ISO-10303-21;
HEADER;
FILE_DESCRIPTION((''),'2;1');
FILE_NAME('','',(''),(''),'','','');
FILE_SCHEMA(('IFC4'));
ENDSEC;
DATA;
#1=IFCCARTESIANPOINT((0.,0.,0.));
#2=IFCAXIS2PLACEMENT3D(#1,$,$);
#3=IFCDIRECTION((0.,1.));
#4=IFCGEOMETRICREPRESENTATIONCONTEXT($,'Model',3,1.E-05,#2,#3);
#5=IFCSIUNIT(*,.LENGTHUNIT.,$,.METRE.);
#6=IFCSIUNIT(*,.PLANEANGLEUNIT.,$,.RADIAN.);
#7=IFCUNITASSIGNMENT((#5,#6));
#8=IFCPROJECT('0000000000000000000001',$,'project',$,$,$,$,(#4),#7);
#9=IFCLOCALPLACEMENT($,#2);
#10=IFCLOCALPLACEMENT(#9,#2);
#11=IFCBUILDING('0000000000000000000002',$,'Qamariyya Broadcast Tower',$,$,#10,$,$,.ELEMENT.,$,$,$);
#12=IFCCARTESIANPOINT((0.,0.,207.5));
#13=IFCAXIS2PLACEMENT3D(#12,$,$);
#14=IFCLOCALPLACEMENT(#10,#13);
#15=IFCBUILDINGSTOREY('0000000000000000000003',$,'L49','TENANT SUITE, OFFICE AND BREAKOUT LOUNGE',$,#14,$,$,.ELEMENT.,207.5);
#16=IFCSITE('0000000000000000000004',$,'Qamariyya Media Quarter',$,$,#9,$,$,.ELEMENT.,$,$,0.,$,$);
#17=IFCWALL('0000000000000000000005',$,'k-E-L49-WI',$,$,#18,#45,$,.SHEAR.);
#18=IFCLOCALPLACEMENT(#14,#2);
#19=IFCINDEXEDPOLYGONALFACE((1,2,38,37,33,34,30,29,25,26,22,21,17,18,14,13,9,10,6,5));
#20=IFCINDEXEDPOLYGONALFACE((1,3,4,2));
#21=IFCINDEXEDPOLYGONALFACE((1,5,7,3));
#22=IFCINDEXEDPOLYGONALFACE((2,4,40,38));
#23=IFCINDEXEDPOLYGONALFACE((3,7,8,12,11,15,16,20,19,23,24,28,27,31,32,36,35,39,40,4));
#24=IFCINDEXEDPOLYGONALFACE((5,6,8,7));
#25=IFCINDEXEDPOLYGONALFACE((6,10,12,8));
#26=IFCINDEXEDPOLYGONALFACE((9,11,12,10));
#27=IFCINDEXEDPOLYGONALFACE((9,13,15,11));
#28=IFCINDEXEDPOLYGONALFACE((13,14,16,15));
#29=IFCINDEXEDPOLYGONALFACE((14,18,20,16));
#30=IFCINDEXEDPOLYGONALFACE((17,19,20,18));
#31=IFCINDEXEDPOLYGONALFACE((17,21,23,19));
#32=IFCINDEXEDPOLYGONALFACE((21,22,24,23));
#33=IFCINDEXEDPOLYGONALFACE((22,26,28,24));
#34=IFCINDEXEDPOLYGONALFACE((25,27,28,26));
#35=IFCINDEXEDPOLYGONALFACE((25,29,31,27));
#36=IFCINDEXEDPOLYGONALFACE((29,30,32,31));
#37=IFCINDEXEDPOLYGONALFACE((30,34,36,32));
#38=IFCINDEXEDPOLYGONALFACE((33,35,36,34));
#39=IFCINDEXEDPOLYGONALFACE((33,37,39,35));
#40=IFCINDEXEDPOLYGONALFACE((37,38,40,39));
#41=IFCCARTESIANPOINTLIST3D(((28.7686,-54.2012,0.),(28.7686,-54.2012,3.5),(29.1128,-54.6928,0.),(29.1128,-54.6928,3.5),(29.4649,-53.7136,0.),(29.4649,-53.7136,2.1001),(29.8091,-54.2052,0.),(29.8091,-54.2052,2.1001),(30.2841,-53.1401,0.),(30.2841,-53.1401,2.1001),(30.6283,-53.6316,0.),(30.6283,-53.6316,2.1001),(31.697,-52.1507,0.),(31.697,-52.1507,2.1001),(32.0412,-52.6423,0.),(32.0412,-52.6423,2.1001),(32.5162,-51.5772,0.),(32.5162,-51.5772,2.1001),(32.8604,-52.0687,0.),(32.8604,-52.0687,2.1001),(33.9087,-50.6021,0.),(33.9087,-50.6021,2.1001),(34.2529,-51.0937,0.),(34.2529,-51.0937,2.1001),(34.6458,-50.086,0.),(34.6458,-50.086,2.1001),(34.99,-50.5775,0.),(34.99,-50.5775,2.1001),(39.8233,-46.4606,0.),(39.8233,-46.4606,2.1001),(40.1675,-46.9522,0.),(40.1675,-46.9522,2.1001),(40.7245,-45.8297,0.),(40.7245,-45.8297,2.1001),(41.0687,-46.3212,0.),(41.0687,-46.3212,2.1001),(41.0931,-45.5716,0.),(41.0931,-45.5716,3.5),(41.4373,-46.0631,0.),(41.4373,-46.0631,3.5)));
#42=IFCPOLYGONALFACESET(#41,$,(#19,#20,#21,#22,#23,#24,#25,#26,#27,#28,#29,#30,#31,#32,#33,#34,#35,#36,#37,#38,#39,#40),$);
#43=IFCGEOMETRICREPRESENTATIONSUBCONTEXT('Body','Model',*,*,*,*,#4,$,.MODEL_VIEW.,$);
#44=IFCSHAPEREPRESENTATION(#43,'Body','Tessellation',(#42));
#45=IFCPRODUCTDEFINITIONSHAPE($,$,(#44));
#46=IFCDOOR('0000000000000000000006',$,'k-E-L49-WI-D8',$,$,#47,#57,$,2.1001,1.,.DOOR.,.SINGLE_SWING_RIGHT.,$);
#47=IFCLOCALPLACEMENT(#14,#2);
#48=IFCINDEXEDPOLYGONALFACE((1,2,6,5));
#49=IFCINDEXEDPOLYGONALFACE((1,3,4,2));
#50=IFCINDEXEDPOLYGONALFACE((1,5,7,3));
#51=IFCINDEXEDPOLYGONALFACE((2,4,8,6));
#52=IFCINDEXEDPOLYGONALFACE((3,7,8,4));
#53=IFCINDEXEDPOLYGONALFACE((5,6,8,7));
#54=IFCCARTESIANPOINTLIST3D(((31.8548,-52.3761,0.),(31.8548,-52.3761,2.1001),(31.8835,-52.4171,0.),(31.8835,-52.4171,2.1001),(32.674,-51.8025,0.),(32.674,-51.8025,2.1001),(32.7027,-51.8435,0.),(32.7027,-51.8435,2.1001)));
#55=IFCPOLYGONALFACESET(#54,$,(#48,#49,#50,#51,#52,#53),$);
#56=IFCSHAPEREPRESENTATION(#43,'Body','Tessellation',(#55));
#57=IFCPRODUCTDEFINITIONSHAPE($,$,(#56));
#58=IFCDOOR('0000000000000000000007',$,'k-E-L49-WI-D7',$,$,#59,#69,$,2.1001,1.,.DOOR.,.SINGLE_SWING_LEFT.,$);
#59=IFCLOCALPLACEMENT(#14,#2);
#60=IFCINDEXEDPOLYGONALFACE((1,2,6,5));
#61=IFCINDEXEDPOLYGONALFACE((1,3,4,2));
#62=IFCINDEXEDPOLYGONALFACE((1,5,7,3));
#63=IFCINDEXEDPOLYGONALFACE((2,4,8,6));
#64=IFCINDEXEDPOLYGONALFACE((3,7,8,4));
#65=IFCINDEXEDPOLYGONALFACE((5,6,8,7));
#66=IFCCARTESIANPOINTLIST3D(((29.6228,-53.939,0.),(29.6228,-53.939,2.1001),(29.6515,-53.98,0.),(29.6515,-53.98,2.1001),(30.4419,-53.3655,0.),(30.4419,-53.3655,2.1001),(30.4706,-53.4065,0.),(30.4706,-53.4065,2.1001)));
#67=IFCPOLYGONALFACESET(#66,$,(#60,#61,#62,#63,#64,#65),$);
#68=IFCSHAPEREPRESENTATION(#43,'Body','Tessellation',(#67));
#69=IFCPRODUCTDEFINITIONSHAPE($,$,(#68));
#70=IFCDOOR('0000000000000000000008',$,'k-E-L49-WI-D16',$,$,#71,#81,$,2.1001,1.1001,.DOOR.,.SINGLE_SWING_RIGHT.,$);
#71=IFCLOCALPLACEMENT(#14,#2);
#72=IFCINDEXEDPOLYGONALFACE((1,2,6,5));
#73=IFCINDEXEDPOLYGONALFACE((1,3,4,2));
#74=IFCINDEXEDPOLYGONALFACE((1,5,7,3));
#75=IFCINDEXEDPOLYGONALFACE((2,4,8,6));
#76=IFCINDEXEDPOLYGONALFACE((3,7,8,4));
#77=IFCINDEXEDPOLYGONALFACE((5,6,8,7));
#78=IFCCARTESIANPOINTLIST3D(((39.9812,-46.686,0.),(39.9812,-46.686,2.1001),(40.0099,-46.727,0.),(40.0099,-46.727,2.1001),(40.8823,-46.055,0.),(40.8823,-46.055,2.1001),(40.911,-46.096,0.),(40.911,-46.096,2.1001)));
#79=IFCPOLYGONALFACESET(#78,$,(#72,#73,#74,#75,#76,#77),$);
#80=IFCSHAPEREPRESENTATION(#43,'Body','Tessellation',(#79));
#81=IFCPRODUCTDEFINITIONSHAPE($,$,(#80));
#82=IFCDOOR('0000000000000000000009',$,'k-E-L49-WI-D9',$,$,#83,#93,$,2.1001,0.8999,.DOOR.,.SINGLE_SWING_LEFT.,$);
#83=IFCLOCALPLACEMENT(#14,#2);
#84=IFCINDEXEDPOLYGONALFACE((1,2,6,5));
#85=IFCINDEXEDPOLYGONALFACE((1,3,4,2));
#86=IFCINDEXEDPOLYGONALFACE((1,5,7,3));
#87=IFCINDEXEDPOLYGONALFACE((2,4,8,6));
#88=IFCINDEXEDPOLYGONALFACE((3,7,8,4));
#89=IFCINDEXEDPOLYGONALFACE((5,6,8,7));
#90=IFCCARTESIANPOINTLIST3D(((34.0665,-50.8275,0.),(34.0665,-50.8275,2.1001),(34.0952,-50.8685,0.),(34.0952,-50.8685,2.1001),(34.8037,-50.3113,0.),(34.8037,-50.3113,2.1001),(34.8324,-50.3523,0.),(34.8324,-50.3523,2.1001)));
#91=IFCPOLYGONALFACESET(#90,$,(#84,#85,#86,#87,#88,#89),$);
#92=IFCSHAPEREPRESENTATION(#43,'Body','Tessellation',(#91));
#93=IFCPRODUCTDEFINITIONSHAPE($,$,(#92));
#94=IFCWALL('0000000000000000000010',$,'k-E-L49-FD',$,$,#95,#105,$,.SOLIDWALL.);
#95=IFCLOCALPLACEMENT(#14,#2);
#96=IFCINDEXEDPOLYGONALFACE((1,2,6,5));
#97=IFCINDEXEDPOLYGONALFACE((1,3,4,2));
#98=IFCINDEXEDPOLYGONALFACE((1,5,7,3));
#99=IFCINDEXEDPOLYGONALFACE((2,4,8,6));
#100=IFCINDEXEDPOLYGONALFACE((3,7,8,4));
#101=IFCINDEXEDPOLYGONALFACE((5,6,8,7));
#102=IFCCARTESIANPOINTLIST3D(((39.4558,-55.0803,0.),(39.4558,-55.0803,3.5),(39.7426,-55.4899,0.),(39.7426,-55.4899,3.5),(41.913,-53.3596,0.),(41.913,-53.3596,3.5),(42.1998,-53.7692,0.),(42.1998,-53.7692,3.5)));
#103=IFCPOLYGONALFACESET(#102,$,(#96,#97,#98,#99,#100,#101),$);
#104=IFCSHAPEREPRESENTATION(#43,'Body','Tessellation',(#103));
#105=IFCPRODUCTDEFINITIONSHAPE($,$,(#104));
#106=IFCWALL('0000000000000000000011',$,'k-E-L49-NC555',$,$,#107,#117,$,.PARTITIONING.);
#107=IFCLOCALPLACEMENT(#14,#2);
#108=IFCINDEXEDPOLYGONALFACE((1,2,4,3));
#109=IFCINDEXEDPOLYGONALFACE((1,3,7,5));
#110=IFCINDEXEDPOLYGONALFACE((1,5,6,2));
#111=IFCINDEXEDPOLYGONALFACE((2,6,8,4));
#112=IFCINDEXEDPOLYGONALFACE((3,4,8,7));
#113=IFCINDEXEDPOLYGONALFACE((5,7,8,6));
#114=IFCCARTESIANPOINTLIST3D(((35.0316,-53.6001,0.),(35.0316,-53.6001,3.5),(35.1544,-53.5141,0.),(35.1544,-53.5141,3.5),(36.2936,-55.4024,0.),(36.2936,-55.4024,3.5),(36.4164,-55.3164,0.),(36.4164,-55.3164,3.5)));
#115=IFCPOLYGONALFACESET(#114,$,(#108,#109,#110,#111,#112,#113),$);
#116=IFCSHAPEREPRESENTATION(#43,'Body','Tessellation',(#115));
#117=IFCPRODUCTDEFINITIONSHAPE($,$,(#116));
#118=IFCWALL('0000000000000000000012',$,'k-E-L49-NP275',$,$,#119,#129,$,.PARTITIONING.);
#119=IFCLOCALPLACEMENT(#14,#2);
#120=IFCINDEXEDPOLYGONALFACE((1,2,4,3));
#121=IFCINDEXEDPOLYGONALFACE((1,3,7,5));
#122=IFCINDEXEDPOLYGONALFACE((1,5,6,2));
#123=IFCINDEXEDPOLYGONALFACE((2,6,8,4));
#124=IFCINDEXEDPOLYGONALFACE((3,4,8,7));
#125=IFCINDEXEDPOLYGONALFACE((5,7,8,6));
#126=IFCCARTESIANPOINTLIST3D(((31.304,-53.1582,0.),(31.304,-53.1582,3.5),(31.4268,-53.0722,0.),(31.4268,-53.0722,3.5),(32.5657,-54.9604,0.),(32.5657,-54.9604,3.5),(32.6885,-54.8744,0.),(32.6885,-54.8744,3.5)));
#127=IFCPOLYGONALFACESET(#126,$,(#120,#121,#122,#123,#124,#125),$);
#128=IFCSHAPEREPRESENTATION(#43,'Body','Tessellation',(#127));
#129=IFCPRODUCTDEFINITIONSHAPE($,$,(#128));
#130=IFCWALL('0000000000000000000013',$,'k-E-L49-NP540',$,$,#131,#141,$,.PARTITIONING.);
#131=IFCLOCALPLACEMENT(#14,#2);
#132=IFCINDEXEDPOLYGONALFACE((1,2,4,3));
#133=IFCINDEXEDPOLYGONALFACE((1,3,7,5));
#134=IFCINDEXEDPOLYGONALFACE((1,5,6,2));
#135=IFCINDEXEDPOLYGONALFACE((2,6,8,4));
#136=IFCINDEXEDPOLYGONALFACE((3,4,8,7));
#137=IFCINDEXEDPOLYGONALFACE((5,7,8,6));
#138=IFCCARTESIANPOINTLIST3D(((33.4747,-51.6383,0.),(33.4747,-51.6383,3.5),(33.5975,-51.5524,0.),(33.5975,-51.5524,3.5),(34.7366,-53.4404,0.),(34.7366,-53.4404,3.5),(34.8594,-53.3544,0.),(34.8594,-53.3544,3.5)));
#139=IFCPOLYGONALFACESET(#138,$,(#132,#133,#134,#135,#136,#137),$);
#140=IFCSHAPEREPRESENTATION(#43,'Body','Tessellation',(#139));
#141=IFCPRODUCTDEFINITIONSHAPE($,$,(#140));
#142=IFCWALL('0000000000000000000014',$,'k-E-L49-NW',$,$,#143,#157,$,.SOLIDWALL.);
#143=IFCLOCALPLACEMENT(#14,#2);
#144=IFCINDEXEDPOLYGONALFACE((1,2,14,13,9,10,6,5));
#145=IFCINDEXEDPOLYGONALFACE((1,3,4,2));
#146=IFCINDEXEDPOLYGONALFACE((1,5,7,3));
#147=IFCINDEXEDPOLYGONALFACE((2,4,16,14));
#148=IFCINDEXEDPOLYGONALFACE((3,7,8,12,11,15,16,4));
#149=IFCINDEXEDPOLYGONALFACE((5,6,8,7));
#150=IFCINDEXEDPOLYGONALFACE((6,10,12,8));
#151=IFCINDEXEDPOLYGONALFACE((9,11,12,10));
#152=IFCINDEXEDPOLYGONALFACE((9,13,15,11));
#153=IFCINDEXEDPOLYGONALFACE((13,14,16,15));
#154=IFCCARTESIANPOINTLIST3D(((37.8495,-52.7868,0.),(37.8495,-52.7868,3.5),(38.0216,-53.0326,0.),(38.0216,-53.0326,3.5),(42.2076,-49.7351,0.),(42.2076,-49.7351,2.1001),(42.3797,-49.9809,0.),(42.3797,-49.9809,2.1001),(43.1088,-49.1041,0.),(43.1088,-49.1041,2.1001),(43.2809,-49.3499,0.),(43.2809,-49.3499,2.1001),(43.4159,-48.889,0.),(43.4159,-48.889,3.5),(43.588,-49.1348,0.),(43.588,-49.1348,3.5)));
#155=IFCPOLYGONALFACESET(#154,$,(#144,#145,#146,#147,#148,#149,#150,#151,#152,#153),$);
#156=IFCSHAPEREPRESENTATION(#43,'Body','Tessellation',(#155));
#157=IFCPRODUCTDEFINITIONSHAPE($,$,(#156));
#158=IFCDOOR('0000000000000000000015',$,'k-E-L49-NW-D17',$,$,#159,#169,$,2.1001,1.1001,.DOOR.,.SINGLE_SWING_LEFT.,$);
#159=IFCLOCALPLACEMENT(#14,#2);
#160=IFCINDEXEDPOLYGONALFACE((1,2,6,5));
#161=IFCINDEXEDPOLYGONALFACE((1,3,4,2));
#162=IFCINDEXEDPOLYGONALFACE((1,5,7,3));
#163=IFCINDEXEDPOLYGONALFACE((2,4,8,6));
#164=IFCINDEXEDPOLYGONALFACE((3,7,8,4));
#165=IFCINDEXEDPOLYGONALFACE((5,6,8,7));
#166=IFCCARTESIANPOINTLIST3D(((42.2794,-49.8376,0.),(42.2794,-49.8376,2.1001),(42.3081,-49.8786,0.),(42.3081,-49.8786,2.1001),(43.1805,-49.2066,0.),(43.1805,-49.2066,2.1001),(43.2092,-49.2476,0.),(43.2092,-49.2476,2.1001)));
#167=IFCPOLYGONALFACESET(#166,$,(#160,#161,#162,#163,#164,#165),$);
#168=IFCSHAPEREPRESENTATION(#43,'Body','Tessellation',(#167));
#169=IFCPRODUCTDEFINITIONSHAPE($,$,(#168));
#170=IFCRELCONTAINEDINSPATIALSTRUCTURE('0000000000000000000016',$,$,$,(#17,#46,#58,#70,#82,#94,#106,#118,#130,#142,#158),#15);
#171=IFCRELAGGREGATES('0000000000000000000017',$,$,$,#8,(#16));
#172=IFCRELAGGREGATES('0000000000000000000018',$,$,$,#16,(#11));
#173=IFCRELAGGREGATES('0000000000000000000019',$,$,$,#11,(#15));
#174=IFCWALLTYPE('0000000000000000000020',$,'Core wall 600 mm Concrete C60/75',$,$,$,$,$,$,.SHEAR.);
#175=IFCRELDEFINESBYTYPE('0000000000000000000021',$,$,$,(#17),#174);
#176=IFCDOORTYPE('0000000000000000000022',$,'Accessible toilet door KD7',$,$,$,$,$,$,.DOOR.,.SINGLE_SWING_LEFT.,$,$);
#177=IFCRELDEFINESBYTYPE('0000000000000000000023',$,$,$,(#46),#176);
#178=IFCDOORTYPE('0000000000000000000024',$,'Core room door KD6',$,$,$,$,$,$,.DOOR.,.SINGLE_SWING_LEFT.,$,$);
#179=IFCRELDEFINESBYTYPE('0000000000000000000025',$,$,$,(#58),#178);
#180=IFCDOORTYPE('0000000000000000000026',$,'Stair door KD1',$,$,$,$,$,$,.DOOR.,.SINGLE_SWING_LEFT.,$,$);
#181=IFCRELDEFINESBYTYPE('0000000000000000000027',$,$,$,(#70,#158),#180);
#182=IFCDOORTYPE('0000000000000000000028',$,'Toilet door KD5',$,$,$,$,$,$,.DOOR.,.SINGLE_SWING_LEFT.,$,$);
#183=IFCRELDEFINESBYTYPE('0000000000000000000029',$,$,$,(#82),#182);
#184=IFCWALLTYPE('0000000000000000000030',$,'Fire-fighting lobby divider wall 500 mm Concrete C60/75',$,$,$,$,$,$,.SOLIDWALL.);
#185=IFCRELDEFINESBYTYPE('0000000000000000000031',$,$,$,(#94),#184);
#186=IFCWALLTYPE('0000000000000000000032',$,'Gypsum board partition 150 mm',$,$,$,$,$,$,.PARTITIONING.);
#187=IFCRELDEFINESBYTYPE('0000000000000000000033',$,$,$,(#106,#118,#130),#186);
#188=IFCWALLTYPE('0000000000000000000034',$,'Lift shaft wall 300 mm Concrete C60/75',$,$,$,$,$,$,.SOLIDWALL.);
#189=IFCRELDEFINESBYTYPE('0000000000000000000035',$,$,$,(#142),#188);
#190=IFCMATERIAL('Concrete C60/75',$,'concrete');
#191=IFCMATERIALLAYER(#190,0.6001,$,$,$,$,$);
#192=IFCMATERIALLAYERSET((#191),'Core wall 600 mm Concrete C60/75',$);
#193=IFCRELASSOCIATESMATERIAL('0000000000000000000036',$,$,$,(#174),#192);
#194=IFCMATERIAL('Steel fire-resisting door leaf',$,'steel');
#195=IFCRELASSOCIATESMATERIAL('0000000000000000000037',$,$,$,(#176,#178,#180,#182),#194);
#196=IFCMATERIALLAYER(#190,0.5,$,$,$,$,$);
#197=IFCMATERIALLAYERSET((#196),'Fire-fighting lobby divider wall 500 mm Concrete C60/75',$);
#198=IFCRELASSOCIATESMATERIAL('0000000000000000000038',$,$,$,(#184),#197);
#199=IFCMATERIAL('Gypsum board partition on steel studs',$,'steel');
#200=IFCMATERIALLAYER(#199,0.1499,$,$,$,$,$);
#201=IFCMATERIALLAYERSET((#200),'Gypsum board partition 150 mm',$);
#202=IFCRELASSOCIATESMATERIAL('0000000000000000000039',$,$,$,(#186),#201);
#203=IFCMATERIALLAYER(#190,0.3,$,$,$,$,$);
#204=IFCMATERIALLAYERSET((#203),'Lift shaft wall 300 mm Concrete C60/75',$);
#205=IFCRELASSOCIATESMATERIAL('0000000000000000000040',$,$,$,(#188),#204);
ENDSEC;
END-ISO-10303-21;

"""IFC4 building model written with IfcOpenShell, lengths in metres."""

from ifc_helpers import new_model, si_unit, direction, frame, frame_2d, origin, place, context, subcontext, project, spatial, rectangle, extrude, material, layer, layer_set, type_object, element, fill, save


model = new_model("IFC4")

# Units and contexts
model_context = context("Model", 3, precision=1e-05, world=origin(), true_north=direction((0.0, 1.0)))
body_context = subcontext(model_context, "Body", "Model", "MODEL_VIEW")
ifc_project = project(units=[si_unit("LENGTHUNIT", "METRE"), si_unit("PLANEANGLEUNIT", "RADIAN")], contexts=[model_context])

# Site, building, storey
site_placement = place(None, origin())
site = spatial("IfcSite", under=ifc_project, at=site_placement, Name="Qamariyya Media Quarter", CompositionType="ELEMENT", RefElevation=0.0)
building_placement = place(site_placement, origin())
building = spatial("IfcBuilding", under=site, at=building_placement, Name="Qamariyya Broadcast Tower", CompositionType="ELEMENT")
storey_placement = place(building_placement, frame((0.0, 0.0, 207.5)))
storey = spatial("IfcBuildingStorey", under=building, at=storey_placement, Name="L49", Description="TENANT SUITE, OFFICE AND BREAKOUT LOUNGE", CompositionType="ELEMENT", Elevation=207.5)

# Shared definitions
ifc_material_1 = material(Name="Concrete C60/75", Category="concrete")

# Wall, openings, doors
ifc_layer_1 = layer(ifc_material_1, 0.6001)
ifc_layer_set_1 = layer_set([ifc_layer_1], Name="Core wall 600 mm Concrete C60/75")
wall_type_1 = type_object("IfcWallType", Name="Core wall 600 mm Concrete C60/75", PredefinedType="SHEAR", material=ifc_layer_set_1)
wall_1_placement = place(storey_placement, frame((28.9407, -54.447, 0.0), z_axis=(0.0, 0.0, 1.0), x_axis=(0.819153, 0.573575, 0.0)))
wall_1 = element("IfcWall", 1, at=wall_1_placement, inside=storey, type_object=wall_type_1, Name="k-E-L49-WI", PredefinedType="SHEAR", context=body_context, shape_type="SweptSolid", body=[
    extrude(rectangle(XDim=15.0454, YDim=0.6001, at=frame_2d((7.5227, 0.0))), origin(), (0.0, 0.0, 1.0), 3.5),
])
opening_1_placement = place(wall_1_placement, frame((0.8501, 0.0, 0.0)))
opening_1 = element("IfcOpeningElement", 2, at=opening_1_placement, cuts=wall_1, PredefinedType="OPENING", context=body_context, shape_type="SweptSolid", body=[
    extrude(rectangle(XDim=1.0, YDim=2.1001, at=frame_2d((0.5, 1.05))), frame((0.0, 0.3101, 0.0), z_axis=(0.0, -1.0, 0.0), x_axis=(1.0, 0.0, 0.0)), (0.0, 0.0, 1.0), 0.6201),
])
opening_2_placement = place(wall_1_placement, frame((3.575, 0.0, 0.0)))
opening_2 = element("IfcOpeningElement", 3, at=opening_2_placement, cuts=wall_1, PredefinedType="OPENING", context=body_context, shape_type="SweptSolid", body=[
    extrude(rectangle(XDim=1.0, YDim=2.1001, at=frame_2d((0.5, 1.05))), frame((0.0, 0.3101, 0.0), z_axis=(0.0, -1.0, 0.0), x_axis=(1.0, 0.0, 0.0)), (0.0, 0.0, 1.0), 0.6201),
])
opening_3_placement = place(wall_1_placement, frame((6.2749, 0.0, 0.0)))
opening_3 = element("IfcOpeningElement", 4, at=opening_3_placement, cuts=wall_1, PredefinedType="OPENING", context=body_context, shape_type="SweptSolid", body=[
    extrude(rectangle(XDim=0.8999, YDim=2.1001, at=frame_2d((0.45, 1.05))), frame((0.0, 0.3101, 0.0), z_axis=(0.0, -1.0, 0.0), x_axis=(1.0, 0.0, 0.0)), (0.0, 0.0, 1.0), 0.6201),
])
opening_4_placement = place(wall_1_placement, frame((13.4954, 0.0, 0.0)))
opening_4 = element("IfcOpeningElement", 5, at=opening_4_placement, cuts=wall_1, PredefinedType="OPENING", context=body_context, shape_type="SweptSolid", body=[
    extrude(rectangle(XDim=1.1001, YDim=2.1001, at=frame_2d((0.55, 1.05))), frame((0.0, 0.3101, 0.0), z_axis=(0.0, -1.0, 0.0), x_axis=(1.0, 0.0, 0.0)), (0.0, 0.0, 1.0), 0.6201),
])
ifc_material_2 = material(Name="Steel fire-resisting door leaf", Category="steel")
door_type_1 = type_object("IfcDoorType", Name="Accessible toilet door KD7", OperationType="SINGLE_SWING_LEFT", PredefinedType="DOOR", material=ifc_material_2)
door_1_placement = place(opening_2_placement, origin())
door_1 = element("IfcDoor", 6, at=door_1_placement, inside=storey, type_object=door_type_1, Name="k-E-L49-WI-D8", OperationType="SINGLE_SWING_RIGHT", OverallHeight=2.1001, OverallWidth=1.0, PredefinedType="DOOR", context=body_context, shape_type="SweptSolid", body=[
    extrude(rectangle(XDim=1.0, YDim=2.1001, at=frame_2d((0.5, 1.05))), frame((0.0, 0.0249, 0.0), z_axis=(0.0, -1.0, 0.0), x_axis=(1.0, 0.0, 0.0)), (0.0, 0.0, 1.0), 0.05),
])
fill(opening_2, door_1)
door_type_2 = type_object("IfcDoorType", Name="Core room door KD6", OperationType="SINGLE_SWING_LEFT", PredefinedType="DOOR", material=ifc_material_2)
door_2_placement = place(opening_1_placement, origin())
door_2 = element("IfcDoor", 7, at=door_2_placement, inside=storey, type_object=door_type_2, Name="k-E-L49-WI-D7", OperationType="SINGLE_SWING_LEFT", OverallHeight=2.1001, OverallWidth=1.0, PredefinedType="DOOR", context=body_context, shape_type="SweptSolid", body=[
    extrude(rectangle(XDim=1.0, YDim=2.1001, at=frame_2d((0.5, 1.05))), frame((0.0, 0.0249, 0.0), z_axis=(0.0, -1.0, 0.0), x_axis=(1.0, 0.0, 0.0)), (0.0, 0.0, 1.0), 0.05),
])
fill(opening_1, door_2)
door_type_3 = type_object("IfcDoorType", Name="Stair door KD1", OperationType="SINGLE_SWING_LEFT", PredefinedType="DOOR", material=ifc_material_2)
door_3_placement = place(opening_4_placement, origin())
door_3 = element("IfcDoor", 8, at=door_3_placement, inside=storey, type_object=door_type_3, Name="k-E-L49-WI-D16", OperationType="SINGLE_SWING_RIGHT", OverallHeight=2.1001, OverallWidth=1.1001, PredefinedType="DOOR", context=body_context, shape_type="SweptSolid", body=[
    extrude(rectangle(XDim=1.1001, YDim=2.1001, at=frame_2d((0.55, 1.05))), frame((0.0, 0.0249, 0.0), z_axis=(0.0, -1.0, 0.0), x_axis=(1.0, 0.0, 0.0)), (0.0, 0.0, 1.0), 0.05),
])
fill(opening_4, door_3)
door_type_4 = type_object("IfcDoorType", Name="Toilet door KD5", OperationType="SINGLE_SWING_LEFT", PredefinedType="DOOR", material=ifc_material_2)
door_4_placement = place(opening_3_placement, origin())
door_4 = element("IfcDoor", 9, at=door_4_placement, inside=storey, type_object=door_type_4, Name="k-E-L49-WI-D9", OperationType="SINGLE_SWING_LEFT", OverallHeight=2.1001, OverallWidth=0.8999, PredefinedType="DOOR", context=body_context, shape_type="SweptSolid", body=[
    extrude(rectangle(XDim=0.8999, YDim=2.1001, at=frame_2d((0.45, 1.05))), frame((0.0, 0.0249, 0.0), z_axis=(0.0, -1.0, 0.0), x_axis=(1.0, 0.0, 0.0)), (0.0, 0.0, 1.0), 0.05),
])
fill(opening_3, door_4)

# Walls
ifc_layer_2 = layer(ifc_material_1, 0.5)
ifc_layer_set_2 = layer_set([ifc_layer_2], Name="Fire-fighting lobby divider wall 500 mm Concrete C60/75")
wall_type_2 = type_object("IfcWallType", Name="Fire-fighting lobby divider wall 500 mm Concrete C60/75", PredefinedType="SOLIDWALL", material=ifc_layer_set_2)
wall_2_placement = place(storey_placement, frame((39.5991, -55.2852, 0.0), z_axis=(0.0, 0.0, 1.0), x_axis=(0.819136, 0.573599, 0.0)))
element("IfcWall", 10, at=wall_2_placement, inside=storey, type_object=wall_type_2, Name="k-E-L49-FD", PredefinedType="SOLIDWALL", context=body_context, shape_type="SweptSolid", body=[
    extrude(rectangle(XDim=2.9998, YDim=0.5, at=frame_2d((1.5, 0.0))), origin(), (0.0, 0.0, 1.0), 3.5),
])
ifc_material_3 = material(Name="Gypsum board partition on steel studs", Category="steel")
ifc_layer_3 = layer(ifc_material_3, 0.1499)
ifc_layer_set_3 = layer_set([ifc_layer_3], Name="Gypsum board partition 150 mm")
wall_type_3 = type_object("IfcWallType", Name="Gypsum board partition 150 mm", PredefinedType="PARTITIONING", material=ifc_layer_set_3)
wall_3_placement = place(storey_placement, frame((36.355, -55.3594, 0.0), z_axis=(0.0, 0.0, 1.0), x_axis=(-0.573581, 0.819149, 0.0)))
element("IfcWall", 11, at=wall_3_placement, inside=storey, type_object=wall_type_3, Name="k-E-L49-NC555", PredefinedType="PARTITIONING", context=body_context, shape_type="SweptSolid", body=[
    extrude(rectangle(XDim=2.2002, YDim=0.1499, at=frame_2d((1.1001, 0.0))), origin(), (0.0, 0.0, 1.0), 3.5),
])
for number, where, z_axis, x_axis, name in (
    (12, (32.6272, -54.9175, 0.0), (0.0, 0.0, 1.0), (-0.573507, 0.819201, 0.0), "k-E-L49-NP275"),
    (13, (34.7981, -53.3975, 0.0), (0.0, 0.0, 1.0), (-0.573634, 0.819112, 0.0), "k-E-L49-NP540"),
):
    element("IfcWall", number, at=place(storey_placement, frame(where, z_axis=z_axis, x_axis=x_axis)), inside=storey, type_object=wall_type_3, Name=name, PredefinedType="PARTITIONING", context=body_context, shape_type="SweptSolid", body=[
        extrude(rectangle(XDim=2.2, YDim=0.1499, at=frame_2d((1.1001, 0.0))), origin(), (0.0, 0.0, 1.0), 3.5),
    ])

# Wall, opening, door
ifc_layer_4 = layer(ifc_material_1, 0.3)
ifc_layer_set_4 = layer_set([ifc_layer_4], Name="Lift shaft wall 300 mm Concrete C60/75")
wall_type_4 = type_object("IfcWallType", Name="Lift shaft wall 300 mm Concrete C60/75", PredefinedType="SOLIDWALL", material=ifc_layer_set_4)
wall_4_placement = place(storey_placement, frame((37.9355, -52.9097, 0.0), z_axis=(0.0, 0.0, 1.0), x_axis=(0.819148, 0.573583, 0.0)))
wall_4 = element("IfcWall", 14, at=wall_4_placement, inside=storey, type_object=wall_type_4, Name="k-E-L49-NW", PredefinedType="SOLIDWALL", context=body_context, shape_type="SweptSolid", body=[
    extrude(rectangle(XDim=6.7954, YDim=0.3, at=frame_2d((3.3977, 0.0))), origin(), (0.0, 0.0, 1.0), 3.5),
])
opening_5_placement = place(wall_4_placement, frame((5.3203, 0.0, 0.0)))
opening_5 = element("IfcOpeningElement", 15, at=opening_5_placement, cuts=wall_4, PredefinedType="OPENING", context=body_context, shape_type="SweptSolid", body=[
    extrude(rectangle(XDim=1.1001, YDim=2.1001, at=frame_2d((0.55, 1.05))), frame((0.0, 0.1599, 0.0), z_axis=(0.0, -1.0, 0.0), x_axis=(1.0, 0.0, 0.0)), (0.0, 0.0, 1.0), 0.3201),
])
door_5_placement = place(opening_5_placement, origin())
door_5 = element("IfcDoor", 16, at=door_5_placement, inside=storey, type_object=door_type_3, Name="k-E-L49-NW-D17", OperationType="SINGLE_SWING_LEFT", OverallHeight=2.1001, OverallWidth=1.1001, PredefinedType="DOOR", context=body_context, shape_type="SweptSolid", body=[
    extrude(rectangle(XDim=1.1001, YDim=2.1001, at=frame_2d((0.55, 1.05))), frame((0.0, 0.0249, 0.0), z_axis=(0.0, -1.0, 0.0), x_axis=(1.0, 0.0, 0.0)), (0.0, 0.0, 1.0), 0.05),
])
fill(opening_5, door_5)

save(model, "model.ifc")
